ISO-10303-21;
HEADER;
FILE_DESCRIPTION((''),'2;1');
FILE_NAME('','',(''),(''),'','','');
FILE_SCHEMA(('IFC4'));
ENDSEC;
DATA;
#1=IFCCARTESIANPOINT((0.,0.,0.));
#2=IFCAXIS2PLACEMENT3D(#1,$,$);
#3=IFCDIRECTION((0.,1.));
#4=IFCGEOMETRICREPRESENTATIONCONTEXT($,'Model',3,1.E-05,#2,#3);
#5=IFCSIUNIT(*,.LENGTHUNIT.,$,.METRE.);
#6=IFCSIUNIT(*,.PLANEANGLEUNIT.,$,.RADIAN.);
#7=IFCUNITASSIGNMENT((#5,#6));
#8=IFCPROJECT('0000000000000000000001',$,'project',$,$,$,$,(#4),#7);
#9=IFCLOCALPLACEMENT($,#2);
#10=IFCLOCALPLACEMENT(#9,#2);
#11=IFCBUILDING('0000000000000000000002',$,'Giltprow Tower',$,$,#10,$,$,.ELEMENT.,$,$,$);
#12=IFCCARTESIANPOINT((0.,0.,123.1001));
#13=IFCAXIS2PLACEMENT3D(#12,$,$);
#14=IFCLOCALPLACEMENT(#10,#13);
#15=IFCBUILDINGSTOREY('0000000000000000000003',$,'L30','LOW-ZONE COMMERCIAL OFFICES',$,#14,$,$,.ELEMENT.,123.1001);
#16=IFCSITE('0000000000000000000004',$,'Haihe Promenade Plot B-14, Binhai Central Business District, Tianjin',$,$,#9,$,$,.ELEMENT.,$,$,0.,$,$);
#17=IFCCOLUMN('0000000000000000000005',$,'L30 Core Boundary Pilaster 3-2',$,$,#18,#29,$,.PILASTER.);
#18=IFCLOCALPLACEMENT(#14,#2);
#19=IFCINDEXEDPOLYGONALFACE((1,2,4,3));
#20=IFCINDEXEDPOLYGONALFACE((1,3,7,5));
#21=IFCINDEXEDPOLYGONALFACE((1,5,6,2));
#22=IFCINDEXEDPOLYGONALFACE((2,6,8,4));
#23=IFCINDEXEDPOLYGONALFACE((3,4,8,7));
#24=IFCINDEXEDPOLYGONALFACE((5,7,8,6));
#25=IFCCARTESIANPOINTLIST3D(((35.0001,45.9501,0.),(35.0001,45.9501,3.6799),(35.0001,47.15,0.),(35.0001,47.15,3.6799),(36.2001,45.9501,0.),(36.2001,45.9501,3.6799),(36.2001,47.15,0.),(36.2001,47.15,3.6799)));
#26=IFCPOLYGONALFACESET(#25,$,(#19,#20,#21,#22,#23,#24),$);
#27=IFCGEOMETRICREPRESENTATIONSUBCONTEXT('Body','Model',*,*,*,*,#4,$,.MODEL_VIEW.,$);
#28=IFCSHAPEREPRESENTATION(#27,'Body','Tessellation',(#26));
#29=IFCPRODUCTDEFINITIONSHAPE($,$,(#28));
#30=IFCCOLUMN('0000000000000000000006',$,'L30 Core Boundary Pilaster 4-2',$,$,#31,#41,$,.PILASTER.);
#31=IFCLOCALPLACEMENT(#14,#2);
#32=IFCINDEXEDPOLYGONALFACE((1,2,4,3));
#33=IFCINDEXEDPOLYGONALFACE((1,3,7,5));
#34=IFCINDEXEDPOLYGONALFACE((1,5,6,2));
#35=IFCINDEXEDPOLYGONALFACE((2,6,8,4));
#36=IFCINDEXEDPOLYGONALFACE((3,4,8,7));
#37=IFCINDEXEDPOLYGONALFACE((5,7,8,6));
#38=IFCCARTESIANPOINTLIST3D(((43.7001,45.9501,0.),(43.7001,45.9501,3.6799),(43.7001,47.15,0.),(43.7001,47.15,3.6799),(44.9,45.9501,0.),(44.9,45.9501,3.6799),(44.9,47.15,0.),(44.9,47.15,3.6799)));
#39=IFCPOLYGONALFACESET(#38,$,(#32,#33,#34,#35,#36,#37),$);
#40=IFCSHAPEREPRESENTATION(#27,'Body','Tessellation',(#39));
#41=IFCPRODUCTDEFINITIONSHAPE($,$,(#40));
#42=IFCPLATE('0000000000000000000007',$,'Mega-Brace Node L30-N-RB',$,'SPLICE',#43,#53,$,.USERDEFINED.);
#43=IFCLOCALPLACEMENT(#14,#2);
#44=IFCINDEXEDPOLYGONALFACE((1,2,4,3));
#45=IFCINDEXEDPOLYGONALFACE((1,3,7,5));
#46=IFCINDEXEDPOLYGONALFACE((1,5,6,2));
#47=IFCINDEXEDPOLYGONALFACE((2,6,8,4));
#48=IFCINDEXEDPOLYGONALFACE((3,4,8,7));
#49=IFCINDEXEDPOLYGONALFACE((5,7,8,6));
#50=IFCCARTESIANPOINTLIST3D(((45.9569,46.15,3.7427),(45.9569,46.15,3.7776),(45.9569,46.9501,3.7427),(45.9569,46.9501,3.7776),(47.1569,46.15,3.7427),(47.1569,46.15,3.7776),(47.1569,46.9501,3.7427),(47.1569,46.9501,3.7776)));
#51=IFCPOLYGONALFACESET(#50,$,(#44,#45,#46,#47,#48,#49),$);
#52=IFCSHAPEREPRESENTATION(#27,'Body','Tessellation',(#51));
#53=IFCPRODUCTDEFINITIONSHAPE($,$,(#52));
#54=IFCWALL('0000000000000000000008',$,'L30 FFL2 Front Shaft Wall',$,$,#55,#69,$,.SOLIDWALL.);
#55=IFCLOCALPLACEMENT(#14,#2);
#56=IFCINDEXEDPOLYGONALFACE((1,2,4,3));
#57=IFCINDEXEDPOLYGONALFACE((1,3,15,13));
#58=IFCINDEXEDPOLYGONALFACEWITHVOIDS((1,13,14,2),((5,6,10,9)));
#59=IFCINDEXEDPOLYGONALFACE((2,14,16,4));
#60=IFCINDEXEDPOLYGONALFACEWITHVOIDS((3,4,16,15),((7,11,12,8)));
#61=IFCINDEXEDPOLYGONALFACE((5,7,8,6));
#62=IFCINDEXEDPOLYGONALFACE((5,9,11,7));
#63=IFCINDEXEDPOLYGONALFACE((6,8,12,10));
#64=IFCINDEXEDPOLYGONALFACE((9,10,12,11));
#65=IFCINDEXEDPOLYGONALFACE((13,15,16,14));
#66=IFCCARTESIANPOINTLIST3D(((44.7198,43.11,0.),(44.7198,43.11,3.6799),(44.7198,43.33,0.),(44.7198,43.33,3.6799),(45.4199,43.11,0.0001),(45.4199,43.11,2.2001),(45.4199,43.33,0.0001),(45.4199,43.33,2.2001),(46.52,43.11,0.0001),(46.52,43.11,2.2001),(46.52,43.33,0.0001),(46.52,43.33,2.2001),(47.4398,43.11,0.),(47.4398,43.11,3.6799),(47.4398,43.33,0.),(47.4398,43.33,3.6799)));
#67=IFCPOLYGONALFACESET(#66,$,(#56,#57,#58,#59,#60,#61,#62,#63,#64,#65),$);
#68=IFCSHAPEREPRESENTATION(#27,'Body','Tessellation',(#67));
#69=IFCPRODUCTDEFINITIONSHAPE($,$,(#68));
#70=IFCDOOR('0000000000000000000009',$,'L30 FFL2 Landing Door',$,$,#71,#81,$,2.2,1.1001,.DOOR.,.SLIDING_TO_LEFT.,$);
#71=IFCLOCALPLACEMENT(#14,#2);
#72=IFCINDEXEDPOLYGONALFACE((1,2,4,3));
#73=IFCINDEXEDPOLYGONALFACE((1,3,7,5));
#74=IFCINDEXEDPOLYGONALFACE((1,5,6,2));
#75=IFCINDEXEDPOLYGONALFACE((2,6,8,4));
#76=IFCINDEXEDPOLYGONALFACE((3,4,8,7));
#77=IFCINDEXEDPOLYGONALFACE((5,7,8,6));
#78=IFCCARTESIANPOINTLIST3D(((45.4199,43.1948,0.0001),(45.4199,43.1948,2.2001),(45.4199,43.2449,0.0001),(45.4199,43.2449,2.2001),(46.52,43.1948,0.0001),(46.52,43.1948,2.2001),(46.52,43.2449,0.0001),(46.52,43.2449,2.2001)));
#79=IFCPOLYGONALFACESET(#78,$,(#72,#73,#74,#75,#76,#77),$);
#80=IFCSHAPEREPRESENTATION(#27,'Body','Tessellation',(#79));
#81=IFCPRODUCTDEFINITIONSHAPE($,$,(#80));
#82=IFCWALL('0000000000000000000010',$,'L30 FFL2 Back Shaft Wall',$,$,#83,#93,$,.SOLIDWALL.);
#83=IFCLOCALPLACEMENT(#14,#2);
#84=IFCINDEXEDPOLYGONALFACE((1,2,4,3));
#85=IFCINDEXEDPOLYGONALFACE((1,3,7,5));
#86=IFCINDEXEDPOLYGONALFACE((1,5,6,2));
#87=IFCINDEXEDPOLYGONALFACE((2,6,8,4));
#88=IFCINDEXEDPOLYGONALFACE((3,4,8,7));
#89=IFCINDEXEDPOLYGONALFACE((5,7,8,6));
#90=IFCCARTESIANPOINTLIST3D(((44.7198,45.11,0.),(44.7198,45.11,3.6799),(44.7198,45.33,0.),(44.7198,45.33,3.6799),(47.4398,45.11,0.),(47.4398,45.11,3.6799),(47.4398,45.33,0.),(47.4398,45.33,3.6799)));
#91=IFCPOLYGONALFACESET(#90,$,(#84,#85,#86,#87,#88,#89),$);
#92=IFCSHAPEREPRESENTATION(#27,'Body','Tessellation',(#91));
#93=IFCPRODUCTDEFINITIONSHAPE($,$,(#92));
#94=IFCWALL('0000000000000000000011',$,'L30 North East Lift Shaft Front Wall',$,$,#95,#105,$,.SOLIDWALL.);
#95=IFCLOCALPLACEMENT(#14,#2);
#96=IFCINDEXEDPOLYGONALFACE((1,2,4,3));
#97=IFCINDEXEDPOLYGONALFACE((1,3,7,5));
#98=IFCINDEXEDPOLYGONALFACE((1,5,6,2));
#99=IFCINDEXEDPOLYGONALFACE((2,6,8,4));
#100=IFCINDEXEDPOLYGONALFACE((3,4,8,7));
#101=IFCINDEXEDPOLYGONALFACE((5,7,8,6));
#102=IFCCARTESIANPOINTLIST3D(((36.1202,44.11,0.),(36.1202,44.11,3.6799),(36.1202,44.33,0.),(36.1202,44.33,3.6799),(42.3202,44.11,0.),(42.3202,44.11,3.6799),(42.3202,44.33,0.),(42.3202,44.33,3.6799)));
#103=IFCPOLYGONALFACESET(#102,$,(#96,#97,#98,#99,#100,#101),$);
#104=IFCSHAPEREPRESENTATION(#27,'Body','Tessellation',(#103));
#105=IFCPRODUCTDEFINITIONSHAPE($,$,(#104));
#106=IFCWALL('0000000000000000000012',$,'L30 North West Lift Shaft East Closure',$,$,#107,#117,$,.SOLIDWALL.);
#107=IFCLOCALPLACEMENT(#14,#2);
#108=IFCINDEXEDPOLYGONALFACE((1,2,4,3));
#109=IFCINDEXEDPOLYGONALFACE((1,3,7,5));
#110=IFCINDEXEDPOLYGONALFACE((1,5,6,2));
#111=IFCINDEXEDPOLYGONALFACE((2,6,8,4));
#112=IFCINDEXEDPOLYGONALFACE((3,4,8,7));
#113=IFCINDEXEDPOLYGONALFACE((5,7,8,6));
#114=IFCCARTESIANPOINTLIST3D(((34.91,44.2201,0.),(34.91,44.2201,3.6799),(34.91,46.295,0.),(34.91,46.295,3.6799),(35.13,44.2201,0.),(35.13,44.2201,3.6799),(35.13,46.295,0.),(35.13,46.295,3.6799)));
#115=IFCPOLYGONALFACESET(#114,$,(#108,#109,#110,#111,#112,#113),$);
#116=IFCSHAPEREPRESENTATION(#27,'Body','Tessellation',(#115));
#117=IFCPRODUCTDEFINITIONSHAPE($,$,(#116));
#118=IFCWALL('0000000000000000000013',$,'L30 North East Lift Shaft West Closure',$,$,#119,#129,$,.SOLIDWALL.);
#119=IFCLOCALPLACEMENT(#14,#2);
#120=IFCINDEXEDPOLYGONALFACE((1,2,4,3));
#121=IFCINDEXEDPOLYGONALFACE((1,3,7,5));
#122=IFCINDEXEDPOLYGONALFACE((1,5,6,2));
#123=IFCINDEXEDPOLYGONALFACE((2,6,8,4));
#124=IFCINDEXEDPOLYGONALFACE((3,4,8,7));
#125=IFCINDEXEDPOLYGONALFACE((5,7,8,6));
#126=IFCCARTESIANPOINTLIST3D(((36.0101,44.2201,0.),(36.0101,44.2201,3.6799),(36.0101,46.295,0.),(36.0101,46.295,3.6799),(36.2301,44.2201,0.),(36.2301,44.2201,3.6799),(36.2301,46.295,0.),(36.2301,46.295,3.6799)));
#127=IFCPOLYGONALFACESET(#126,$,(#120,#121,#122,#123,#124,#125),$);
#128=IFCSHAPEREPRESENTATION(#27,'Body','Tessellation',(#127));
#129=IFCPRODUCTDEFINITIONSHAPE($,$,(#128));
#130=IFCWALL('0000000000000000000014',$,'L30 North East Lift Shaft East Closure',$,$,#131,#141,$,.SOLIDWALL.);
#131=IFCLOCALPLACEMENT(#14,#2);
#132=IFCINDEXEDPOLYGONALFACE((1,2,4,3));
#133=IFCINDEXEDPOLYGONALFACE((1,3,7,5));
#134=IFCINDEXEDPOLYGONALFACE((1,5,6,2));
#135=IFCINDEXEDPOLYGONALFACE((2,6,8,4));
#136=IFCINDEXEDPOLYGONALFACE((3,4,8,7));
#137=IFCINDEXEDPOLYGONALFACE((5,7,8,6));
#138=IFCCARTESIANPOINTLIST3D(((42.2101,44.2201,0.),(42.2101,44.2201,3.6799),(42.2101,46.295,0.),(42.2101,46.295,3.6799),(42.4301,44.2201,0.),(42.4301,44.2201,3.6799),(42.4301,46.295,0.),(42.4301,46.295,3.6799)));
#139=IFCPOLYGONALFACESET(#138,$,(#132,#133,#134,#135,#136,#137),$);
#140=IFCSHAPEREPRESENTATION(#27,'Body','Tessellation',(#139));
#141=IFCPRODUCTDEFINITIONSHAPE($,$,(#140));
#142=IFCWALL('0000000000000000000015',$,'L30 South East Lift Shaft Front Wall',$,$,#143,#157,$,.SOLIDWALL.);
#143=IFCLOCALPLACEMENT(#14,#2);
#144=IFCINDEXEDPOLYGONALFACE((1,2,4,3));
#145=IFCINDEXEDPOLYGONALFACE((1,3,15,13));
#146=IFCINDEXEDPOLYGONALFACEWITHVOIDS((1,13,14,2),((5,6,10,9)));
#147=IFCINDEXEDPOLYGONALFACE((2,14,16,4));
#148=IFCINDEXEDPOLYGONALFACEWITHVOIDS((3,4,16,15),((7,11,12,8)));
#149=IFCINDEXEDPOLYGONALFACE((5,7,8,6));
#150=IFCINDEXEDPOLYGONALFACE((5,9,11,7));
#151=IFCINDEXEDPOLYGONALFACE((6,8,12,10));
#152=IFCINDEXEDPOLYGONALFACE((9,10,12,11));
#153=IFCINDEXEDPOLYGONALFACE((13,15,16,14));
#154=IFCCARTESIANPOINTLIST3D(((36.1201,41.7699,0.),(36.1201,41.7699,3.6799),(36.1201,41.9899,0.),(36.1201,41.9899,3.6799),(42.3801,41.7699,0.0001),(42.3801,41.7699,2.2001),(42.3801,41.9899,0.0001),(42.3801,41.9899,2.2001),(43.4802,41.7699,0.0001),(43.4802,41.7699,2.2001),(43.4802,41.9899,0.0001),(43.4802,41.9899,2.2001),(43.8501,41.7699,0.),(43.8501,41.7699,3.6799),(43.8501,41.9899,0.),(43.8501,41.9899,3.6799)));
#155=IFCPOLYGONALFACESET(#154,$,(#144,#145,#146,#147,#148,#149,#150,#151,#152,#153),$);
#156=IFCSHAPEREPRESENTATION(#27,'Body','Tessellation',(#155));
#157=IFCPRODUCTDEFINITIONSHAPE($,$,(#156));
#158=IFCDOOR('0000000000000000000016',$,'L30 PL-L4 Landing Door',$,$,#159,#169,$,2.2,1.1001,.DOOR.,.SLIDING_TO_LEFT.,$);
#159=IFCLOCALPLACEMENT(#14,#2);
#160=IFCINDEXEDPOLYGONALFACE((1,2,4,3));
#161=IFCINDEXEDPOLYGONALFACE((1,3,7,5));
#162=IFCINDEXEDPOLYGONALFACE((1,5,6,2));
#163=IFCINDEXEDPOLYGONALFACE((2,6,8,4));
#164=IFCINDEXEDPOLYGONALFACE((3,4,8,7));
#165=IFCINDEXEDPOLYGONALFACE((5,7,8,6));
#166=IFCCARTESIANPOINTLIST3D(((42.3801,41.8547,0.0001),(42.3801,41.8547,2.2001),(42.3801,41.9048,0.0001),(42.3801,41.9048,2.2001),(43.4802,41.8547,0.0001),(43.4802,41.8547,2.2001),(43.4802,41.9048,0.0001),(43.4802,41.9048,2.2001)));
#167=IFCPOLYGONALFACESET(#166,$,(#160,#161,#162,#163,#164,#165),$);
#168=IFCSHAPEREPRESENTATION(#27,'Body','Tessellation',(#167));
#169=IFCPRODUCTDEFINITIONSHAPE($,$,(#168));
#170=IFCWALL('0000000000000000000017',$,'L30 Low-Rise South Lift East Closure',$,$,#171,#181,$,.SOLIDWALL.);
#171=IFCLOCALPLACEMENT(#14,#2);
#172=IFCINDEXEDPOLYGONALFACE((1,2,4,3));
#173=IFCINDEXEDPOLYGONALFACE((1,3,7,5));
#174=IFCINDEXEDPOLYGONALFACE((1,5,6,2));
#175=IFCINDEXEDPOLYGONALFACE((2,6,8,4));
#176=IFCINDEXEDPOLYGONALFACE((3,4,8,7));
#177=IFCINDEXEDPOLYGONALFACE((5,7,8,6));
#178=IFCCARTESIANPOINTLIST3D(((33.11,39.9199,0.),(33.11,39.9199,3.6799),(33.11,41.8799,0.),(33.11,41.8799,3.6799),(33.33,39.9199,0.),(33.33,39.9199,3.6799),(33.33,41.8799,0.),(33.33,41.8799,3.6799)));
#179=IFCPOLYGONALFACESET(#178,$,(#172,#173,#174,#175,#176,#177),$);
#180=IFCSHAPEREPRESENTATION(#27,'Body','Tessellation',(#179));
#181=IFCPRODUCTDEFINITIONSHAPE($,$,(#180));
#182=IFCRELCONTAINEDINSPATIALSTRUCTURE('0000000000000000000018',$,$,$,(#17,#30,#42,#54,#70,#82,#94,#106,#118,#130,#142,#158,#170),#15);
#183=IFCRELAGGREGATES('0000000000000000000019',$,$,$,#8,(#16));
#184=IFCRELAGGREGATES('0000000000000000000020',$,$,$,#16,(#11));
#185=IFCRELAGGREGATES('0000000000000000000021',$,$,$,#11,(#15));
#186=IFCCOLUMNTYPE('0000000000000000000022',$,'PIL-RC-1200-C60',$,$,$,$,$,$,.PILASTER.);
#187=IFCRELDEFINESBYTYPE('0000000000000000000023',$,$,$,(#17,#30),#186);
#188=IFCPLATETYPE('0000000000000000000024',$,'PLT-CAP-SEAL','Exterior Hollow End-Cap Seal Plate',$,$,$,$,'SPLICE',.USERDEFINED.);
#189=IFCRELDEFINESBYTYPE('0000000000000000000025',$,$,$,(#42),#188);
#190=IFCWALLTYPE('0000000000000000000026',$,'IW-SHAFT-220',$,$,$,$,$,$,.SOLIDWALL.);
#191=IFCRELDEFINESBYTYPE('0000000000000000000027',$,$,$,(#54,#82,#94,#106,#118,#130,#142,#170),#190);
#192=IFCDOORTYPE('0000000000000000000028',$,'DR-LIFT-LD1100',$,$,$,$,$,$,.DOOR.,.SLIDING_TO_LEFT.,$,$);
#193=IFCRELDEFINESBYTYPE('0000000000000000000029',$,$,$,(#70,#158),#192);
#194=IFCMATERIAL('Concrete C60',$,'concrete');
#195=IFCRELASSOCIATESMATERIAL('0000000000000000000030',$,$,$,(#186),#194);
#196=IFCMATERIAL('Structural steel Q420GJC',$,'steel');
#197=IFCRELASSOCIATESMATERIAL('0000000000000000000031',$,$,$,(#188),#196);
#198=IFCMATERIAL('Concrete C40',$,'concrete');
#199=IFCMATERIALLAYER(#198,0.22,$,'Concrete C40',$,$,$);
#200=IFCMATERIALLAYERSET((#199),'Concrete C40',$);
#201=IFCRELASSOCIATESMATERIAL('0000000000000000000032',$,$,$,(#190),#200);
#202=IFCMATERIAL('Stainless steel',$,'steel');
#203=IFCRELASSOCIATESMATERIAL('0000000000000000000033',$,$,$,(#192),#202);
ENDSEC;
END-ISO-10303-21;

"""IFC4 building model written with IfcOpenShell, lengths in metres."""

from ifc_helpers import new_model, si_unit, direction, frame, frame_2d, origin, origin_2d, place, context, subcontext, project, spatial, rectangle, extrude, source, transform, mapped, material, layer, layer_set, material_profile, profile_set, type_object, element, fill, save


model = new_model("IFC4")

# Units and contexts
model_context = context("Model", 3, precision=1e-05, world=origin(), true_north=direction((0.0, 1.0)))
body_context = subcontext(model_context, "Body", "Model", "MODEL_VIEW")
ifc_project = project(units=[si_unit("LENGTHUNIT", "METRE"), si_unit("PLANEANGLEUNIT", "RADIAN")], contexts=[model_context])

# Site, building, storey
site_placement = place(None, origin())
site = spatial("IfcSite", under=ifc_project, at=site_placement, Name="Haihe Promenade Plot B-14, Binhai Central Business District, Tianjin", CompositionType="ELEMENT", RefElevation=0.0)
building_placement = place(site_placement, origin())
building = spatial("IfcBuilding", under=site, at=building_placement, Name="Giltprow Tower", CompositionType="ELEMENT")
storey_placement = place(building_placement, frame((0.0, 0.0, 123.1001)))
storey = spatial("IfcBuildingStorey", under=building, at=storey_placement, Name="L30", Description="LOW-ZONE COMMERCIAL OFFICES", CompositionType="ELEMENT", Elevation=123.1001)

# Columns
ifc_material_1 = material(Name="Concrete C60", Category="concrete")
ifc_material_profile = material_profile(ifc_material_1, rectangle(XDim=1.2, YDim=1.2, at=origin_2d()), Name="RC 1200x1200")
ifc_profile_set = profile_set([ifc_material_profile], Name="Concrete C60")
column_type = type_object("IfcColumnType", Name="PIL-RC-1200-C60", PredefinedType="PILASTER", material=ifc_profile_set)
shared_shape_1 = source(origin(), body_context, "Body", "SweptSolid", [
    extrude(rectangle(XDim=1.2, YDim=1.2, at=origin_2d()), origin(), (0.0, 0.0, 1.0), 3.6799),
])
for number, where, z_axis, x_axis, name in (
    (1, (35.6001, 46.55, 0.0), (0.0, 0.0, 1.0), (1.0, 0.0, 0.0), "L30 Core Boundary Pilaster 3-2"),
    (2, (44.3, 46.55, 0.0), (0.0, 0.0, 1.0), (1.0, 0.0, 0.0), "L30 Core Boundary Pilaster 4-2"),
):
    element("IfcColumn", number, at=place(storey_placement, frame(where, z_axis=z_axis, x_axis=x_axis)), inside=storey, type_object=column_type, Name=name, PredefinedType="PILASTER", context=body_context, shape_type="MappedRepresentation", body=[
        mapped(shared_shape_1, transform((0.0, 0.0, 0.0), x_axis=(1.0, 0.0, 0.0), y_axis=(0.0, 1.0, 0.0), z_axis=(0.0, 0.0, 1.0), scale=1.0)),
    ])

# Plate
ifc_material_2 = material(Name="Structural steel Q420GJC", Category="steel")
plate_type = type_object("IfcPlateType", Name="PLT-CAP-SEAL", Description="Exterior Hollow End-Cap Seal Plate", ElementType="SPLICE", PredefinedType="USERDEFINED", material=ifc_material_2)
shared_shape_2 = source(origin(), body_context, "Body", "SweptSolid", [
    extrude(rectangle(XDim=1.2, YDim=0.8, at=origin_2d()), origin(), (0.0, 0.0, 1.0), 0.0349),
])
plate_placement = place(storey_placement, frame((46.5569, 46.55, 3.7427), z_axis=(0.0, 0.0, 1.0), x_axis=(1.0, 0.0, 0.0)))
element("IfcPlate", 3, at=plate_placement, inside=storey, type_object=plate_type, Name="Mega-Brace Node L30-N-RB", ObjectType="SPLICE", PredefinedType="USERDEFINED", context=body_context, shape_type="MappedRepresentation", body=[
    mapped(shared_shape_2, transform((0.0, 0.0, 0.0), x_axis=(1.0, 0.0, 0.0), y_axis=(0.0, 1.0, 0.0), z_axis=(0.0, 0.0, 1.0), scale=1.0)),
])

# Wall, opening, door
ifc_material_3 = material(Name="Concrete C40", Category="concrete")
ifc_layer_1 = layer(ifc_material_3, 0.22, Name="Concrete C40")
ifc_layer_set_1 = layer_set([ifc_layer_1], Name="Concrete C40")
wall_type_1 = type_object("IfcWallType", Name="IW-SHAFT-220", PredefinedType="SOLIDWALL", material=ifc_layer_set_1)
wall_1_placement = place(storey_placement, frame((44.72, 43.22, 0.0), z_axis=(0.0, 0.0, 1.0), x_axis=(1.0, 0.0, 0.0)))
wall_1 = element("IfcWall", 4, at=wall_1_placement, inside=storey, type_object=wall_type_1, Name="L30 FFL2 Front Shaft Wall", PredefinedType="SOLIDWALL", context=body_context, shape_type="SweptSolid", body=[
    extrude(rectangle(XDim=2.72, YDim=0.22, at=frame_2d((1.3599, 0.0))), origin(), (0.0, 0.0, 1.0), 3.6799),
])
opening_1_placement = place(wall_1_placement, frame((0.7, 0.0, 0.0)))
opening_1 = element("IfcOpeningElement", 5, at=opening_1_placement, cuts=wall_1, PredefinedType="OPENING", context=body_context, shape_type="SweptSolid", body=[
    extrude(rectangle(XDim=1.1001, YDim=2.2, at=frame_2d((0.55, 1.1001))), frame((0.0, 0.1199, 0.0), z_axis=(0.0, -1.0, 0.0), x_axis=(1.0, 0.0, 0.0)), (0.0, 0.0, 1.0), 0.24),
])
ifc_material_4 = material(Name="Stainless steel", Category="steel")
door_type = type_object("IfcDoorType", Name="DR-LIFT-LD1100", OperationType="SLIDING_TO_LEFT", PredefinedType="DOOR", material=ifc_material_4)
shared_shape_3 = source(origin(), body_context, "Body", "SweptSolid", [
    extrude(rectangle(XDim=1.1001, YDim=2.2, at=frame_2d((0.55, 1.1001))), frame((0.0, 0.0249, 0.0), z_axis=(0.0, -1.0, 0.0), x_axis=(1.0, 0.0, 0.0)), (0.0, 0.0, 1.0), 0.05),
])
door_1_placement = place(opening_1_placement, origin())
door_1 = element("IfcDoor", 6, at=door_1_placement, inside=storey, type_object=door_type, Name="L30 FFL2 Landing Door", OperationType="SLIDING_TO_LEFT", OverallHeight=2.2, OverallWidth=1.1001, PredefinedType="DOOR", context=body_context, shape_type="MappedRepresentation", body=[
    mapped(shared_shape_3, transform((0.0, 0.0, 0.0), x_axis=(1.0, 0.0, 0.0), y_axis=(0.0, 1.0, 0.0), z_axis=(0.0, 0.0, 1.0), scale=1.0)),
])
fill(opening_1, door_1)

# Walls
wall_2_placement = place(storey_placement, frame((44.72, 45.22, 0.0), z_axis=(0.0, 0.0, 1.0), x_axis=(1.0, 0.0, 0.0)))
element("IfcWall", 7, at=wall_2_placement, inside=storey, type_object=wall_type_1, Name="L30 FFL2 Back Shaft Wall", PredefinedType="SOLIDWALL", context=body_context, shape_type="SweptSolid", body=[
    extrude(rectangle(XDim=2.72, YDim=0.22, at=frame_2d((1.3599, 0.0))), origin(), (0.0, 0.0, 1.0), 3.6799),
])
wall_3_placement = place(storey_placement, frame((36.1201, 44.22, 0.0), z_axis=(0.0, 0.0, 1.0), x_axis=(1.0, 0.0, 0.0)))
element("IfcWall", 8, at=wall_3_placement, inside=storey, type_object=wall_type_1, Name="L30 North East Lift Shaft Front Wall", PredefinedType="SOLIDWALL", context=body_context, shape_type="SweptSolid", body=[
    extrude(rectangle(XDim=6.2, YDim=0.22, at=frame_2d((3.1001, 0.0))), origin(), (0.0, 0.0, 1.0), 3.6799),
])
for number, where, z_axis, x_axis, name in (
    (9, (35.02, 44.22, 0.0), (0.0, 0.0, 1.0), (0.0, 1.0, 0.0), "L30 North West Lift Shaft East Closure"),
    (10, (36.1201, 44.22, 0.0), (0.0, 0.0, 1.0), (0.0, 1.0, 0.0), "L30 North East Lift Shaft West Closure"),
    (11, (42.3201, 44.22, 0.0), (0.0, 0.0, 1.0), (0.0, 1.0, 0.0), "L30 North East Lift Shaft East Closure"),
):
    element("IfcWall", number, at=place(storey_placement, frame(where, z_axis=z_axis, x_axis=x_axis)), inside=storey, type_object=wall_type_1, Name=name, PredefinedType="SOLIDWALL", context=body_context, shape_type="SweptSolid", body=[
        extrude(rectangle(XDim=2.075, YDim=0.22, at=frame_2d((1.0376, 0.0))), origin(), (0.0, 0.0, 1.0), 3.6799),
    ])

# Wall, opening, door
wall_4_placement = place(storey_placement, frame((36.1201, 41.8799, 0.0), z_axis=(0.0, 0.0, 1.0), x_axis=(1.0, 0.0, 0.0)))
wall_4 = element("IfcWall", 12, at=wall_4_placement, inside=storey, type_object=wall_type_1, Name="L30 South East Lift Shaft Front Wall", PredefinedType="SOLIDWALL", context=body_context, shape_type="SweptSolid", body=[
    extrude(rectangle(XDim=7.73, YDim=0.22, at=frame_2d((3.865, 0.0))), origin(), (0.0, 0.0, 1.0), 3.6799),
])
opening_2_placement = place(wall_4_placement, frame((6.26, 0.0, 0.0)))
opening_2 = element("IfcOpeningElement", 13, at=opening_2_placement, cuts=wall_4, PredefinedType="OPENING", context=body_context, shape_type="SweptSolid", body=[
    extrude(rectangle(XDim=1.1001, YDim=2.2, at=frame_2d((0.55, 1.1001))), frame((0.0, 0.1199, 0.0), z_axis=(0.0, -1.0, 0.0), x_axis=(1.0, 0.0, 0.0)), (0.0, 0.0, 1.0), 0.24),
])
door_2_placement = place(opening_2_placement, origin())
door_2 = element("IfcDoor", 14, at=door_2_placement, inside=storey, type_object=door_type, Name="L30 PL-L4 Landing Door", OperationType="SLIDING_TO_LEFT", OverallHeight=2.2, OverallWidth=1.1001, PredefinedType="DOOR", context=body_context, shape_type="MappedRepresentation", body=[
    mapped(shared_shape_3, transform((0.0, 0.0, 0.0), x_axis=(1.0, 0.0, 0.0), y_axis=(0.0, 1.0, 0.0), z_axis=(0.0, 0.0, 1.0), scale=1.0)),
])
fill(opening_2, door_2)

# Wall
wall_5_placement = place(storey_placement, frame((33.22, 39.9199, 0.0), z_axis=(0.0, 0.0, 1.0), x_axis=(0.0, 1.0, 0.0)))
element("IfcWall", 15, at=wall_5_placement, inside=storey, type_object=wall_type_1, Name="L30 Low-Rise South Lift East Closure", PredefinedType="SOLIDWALL", context=body_context, shape_type="SweptSolid", body=[
    extrude(rectangle(XDim=1.96, YDim=0.22, at=frame_2d((0.98, 0.0))), origin(), (0.0, 0.0, 1.0), 3.6799),
])

save(model, "model.ifc")
